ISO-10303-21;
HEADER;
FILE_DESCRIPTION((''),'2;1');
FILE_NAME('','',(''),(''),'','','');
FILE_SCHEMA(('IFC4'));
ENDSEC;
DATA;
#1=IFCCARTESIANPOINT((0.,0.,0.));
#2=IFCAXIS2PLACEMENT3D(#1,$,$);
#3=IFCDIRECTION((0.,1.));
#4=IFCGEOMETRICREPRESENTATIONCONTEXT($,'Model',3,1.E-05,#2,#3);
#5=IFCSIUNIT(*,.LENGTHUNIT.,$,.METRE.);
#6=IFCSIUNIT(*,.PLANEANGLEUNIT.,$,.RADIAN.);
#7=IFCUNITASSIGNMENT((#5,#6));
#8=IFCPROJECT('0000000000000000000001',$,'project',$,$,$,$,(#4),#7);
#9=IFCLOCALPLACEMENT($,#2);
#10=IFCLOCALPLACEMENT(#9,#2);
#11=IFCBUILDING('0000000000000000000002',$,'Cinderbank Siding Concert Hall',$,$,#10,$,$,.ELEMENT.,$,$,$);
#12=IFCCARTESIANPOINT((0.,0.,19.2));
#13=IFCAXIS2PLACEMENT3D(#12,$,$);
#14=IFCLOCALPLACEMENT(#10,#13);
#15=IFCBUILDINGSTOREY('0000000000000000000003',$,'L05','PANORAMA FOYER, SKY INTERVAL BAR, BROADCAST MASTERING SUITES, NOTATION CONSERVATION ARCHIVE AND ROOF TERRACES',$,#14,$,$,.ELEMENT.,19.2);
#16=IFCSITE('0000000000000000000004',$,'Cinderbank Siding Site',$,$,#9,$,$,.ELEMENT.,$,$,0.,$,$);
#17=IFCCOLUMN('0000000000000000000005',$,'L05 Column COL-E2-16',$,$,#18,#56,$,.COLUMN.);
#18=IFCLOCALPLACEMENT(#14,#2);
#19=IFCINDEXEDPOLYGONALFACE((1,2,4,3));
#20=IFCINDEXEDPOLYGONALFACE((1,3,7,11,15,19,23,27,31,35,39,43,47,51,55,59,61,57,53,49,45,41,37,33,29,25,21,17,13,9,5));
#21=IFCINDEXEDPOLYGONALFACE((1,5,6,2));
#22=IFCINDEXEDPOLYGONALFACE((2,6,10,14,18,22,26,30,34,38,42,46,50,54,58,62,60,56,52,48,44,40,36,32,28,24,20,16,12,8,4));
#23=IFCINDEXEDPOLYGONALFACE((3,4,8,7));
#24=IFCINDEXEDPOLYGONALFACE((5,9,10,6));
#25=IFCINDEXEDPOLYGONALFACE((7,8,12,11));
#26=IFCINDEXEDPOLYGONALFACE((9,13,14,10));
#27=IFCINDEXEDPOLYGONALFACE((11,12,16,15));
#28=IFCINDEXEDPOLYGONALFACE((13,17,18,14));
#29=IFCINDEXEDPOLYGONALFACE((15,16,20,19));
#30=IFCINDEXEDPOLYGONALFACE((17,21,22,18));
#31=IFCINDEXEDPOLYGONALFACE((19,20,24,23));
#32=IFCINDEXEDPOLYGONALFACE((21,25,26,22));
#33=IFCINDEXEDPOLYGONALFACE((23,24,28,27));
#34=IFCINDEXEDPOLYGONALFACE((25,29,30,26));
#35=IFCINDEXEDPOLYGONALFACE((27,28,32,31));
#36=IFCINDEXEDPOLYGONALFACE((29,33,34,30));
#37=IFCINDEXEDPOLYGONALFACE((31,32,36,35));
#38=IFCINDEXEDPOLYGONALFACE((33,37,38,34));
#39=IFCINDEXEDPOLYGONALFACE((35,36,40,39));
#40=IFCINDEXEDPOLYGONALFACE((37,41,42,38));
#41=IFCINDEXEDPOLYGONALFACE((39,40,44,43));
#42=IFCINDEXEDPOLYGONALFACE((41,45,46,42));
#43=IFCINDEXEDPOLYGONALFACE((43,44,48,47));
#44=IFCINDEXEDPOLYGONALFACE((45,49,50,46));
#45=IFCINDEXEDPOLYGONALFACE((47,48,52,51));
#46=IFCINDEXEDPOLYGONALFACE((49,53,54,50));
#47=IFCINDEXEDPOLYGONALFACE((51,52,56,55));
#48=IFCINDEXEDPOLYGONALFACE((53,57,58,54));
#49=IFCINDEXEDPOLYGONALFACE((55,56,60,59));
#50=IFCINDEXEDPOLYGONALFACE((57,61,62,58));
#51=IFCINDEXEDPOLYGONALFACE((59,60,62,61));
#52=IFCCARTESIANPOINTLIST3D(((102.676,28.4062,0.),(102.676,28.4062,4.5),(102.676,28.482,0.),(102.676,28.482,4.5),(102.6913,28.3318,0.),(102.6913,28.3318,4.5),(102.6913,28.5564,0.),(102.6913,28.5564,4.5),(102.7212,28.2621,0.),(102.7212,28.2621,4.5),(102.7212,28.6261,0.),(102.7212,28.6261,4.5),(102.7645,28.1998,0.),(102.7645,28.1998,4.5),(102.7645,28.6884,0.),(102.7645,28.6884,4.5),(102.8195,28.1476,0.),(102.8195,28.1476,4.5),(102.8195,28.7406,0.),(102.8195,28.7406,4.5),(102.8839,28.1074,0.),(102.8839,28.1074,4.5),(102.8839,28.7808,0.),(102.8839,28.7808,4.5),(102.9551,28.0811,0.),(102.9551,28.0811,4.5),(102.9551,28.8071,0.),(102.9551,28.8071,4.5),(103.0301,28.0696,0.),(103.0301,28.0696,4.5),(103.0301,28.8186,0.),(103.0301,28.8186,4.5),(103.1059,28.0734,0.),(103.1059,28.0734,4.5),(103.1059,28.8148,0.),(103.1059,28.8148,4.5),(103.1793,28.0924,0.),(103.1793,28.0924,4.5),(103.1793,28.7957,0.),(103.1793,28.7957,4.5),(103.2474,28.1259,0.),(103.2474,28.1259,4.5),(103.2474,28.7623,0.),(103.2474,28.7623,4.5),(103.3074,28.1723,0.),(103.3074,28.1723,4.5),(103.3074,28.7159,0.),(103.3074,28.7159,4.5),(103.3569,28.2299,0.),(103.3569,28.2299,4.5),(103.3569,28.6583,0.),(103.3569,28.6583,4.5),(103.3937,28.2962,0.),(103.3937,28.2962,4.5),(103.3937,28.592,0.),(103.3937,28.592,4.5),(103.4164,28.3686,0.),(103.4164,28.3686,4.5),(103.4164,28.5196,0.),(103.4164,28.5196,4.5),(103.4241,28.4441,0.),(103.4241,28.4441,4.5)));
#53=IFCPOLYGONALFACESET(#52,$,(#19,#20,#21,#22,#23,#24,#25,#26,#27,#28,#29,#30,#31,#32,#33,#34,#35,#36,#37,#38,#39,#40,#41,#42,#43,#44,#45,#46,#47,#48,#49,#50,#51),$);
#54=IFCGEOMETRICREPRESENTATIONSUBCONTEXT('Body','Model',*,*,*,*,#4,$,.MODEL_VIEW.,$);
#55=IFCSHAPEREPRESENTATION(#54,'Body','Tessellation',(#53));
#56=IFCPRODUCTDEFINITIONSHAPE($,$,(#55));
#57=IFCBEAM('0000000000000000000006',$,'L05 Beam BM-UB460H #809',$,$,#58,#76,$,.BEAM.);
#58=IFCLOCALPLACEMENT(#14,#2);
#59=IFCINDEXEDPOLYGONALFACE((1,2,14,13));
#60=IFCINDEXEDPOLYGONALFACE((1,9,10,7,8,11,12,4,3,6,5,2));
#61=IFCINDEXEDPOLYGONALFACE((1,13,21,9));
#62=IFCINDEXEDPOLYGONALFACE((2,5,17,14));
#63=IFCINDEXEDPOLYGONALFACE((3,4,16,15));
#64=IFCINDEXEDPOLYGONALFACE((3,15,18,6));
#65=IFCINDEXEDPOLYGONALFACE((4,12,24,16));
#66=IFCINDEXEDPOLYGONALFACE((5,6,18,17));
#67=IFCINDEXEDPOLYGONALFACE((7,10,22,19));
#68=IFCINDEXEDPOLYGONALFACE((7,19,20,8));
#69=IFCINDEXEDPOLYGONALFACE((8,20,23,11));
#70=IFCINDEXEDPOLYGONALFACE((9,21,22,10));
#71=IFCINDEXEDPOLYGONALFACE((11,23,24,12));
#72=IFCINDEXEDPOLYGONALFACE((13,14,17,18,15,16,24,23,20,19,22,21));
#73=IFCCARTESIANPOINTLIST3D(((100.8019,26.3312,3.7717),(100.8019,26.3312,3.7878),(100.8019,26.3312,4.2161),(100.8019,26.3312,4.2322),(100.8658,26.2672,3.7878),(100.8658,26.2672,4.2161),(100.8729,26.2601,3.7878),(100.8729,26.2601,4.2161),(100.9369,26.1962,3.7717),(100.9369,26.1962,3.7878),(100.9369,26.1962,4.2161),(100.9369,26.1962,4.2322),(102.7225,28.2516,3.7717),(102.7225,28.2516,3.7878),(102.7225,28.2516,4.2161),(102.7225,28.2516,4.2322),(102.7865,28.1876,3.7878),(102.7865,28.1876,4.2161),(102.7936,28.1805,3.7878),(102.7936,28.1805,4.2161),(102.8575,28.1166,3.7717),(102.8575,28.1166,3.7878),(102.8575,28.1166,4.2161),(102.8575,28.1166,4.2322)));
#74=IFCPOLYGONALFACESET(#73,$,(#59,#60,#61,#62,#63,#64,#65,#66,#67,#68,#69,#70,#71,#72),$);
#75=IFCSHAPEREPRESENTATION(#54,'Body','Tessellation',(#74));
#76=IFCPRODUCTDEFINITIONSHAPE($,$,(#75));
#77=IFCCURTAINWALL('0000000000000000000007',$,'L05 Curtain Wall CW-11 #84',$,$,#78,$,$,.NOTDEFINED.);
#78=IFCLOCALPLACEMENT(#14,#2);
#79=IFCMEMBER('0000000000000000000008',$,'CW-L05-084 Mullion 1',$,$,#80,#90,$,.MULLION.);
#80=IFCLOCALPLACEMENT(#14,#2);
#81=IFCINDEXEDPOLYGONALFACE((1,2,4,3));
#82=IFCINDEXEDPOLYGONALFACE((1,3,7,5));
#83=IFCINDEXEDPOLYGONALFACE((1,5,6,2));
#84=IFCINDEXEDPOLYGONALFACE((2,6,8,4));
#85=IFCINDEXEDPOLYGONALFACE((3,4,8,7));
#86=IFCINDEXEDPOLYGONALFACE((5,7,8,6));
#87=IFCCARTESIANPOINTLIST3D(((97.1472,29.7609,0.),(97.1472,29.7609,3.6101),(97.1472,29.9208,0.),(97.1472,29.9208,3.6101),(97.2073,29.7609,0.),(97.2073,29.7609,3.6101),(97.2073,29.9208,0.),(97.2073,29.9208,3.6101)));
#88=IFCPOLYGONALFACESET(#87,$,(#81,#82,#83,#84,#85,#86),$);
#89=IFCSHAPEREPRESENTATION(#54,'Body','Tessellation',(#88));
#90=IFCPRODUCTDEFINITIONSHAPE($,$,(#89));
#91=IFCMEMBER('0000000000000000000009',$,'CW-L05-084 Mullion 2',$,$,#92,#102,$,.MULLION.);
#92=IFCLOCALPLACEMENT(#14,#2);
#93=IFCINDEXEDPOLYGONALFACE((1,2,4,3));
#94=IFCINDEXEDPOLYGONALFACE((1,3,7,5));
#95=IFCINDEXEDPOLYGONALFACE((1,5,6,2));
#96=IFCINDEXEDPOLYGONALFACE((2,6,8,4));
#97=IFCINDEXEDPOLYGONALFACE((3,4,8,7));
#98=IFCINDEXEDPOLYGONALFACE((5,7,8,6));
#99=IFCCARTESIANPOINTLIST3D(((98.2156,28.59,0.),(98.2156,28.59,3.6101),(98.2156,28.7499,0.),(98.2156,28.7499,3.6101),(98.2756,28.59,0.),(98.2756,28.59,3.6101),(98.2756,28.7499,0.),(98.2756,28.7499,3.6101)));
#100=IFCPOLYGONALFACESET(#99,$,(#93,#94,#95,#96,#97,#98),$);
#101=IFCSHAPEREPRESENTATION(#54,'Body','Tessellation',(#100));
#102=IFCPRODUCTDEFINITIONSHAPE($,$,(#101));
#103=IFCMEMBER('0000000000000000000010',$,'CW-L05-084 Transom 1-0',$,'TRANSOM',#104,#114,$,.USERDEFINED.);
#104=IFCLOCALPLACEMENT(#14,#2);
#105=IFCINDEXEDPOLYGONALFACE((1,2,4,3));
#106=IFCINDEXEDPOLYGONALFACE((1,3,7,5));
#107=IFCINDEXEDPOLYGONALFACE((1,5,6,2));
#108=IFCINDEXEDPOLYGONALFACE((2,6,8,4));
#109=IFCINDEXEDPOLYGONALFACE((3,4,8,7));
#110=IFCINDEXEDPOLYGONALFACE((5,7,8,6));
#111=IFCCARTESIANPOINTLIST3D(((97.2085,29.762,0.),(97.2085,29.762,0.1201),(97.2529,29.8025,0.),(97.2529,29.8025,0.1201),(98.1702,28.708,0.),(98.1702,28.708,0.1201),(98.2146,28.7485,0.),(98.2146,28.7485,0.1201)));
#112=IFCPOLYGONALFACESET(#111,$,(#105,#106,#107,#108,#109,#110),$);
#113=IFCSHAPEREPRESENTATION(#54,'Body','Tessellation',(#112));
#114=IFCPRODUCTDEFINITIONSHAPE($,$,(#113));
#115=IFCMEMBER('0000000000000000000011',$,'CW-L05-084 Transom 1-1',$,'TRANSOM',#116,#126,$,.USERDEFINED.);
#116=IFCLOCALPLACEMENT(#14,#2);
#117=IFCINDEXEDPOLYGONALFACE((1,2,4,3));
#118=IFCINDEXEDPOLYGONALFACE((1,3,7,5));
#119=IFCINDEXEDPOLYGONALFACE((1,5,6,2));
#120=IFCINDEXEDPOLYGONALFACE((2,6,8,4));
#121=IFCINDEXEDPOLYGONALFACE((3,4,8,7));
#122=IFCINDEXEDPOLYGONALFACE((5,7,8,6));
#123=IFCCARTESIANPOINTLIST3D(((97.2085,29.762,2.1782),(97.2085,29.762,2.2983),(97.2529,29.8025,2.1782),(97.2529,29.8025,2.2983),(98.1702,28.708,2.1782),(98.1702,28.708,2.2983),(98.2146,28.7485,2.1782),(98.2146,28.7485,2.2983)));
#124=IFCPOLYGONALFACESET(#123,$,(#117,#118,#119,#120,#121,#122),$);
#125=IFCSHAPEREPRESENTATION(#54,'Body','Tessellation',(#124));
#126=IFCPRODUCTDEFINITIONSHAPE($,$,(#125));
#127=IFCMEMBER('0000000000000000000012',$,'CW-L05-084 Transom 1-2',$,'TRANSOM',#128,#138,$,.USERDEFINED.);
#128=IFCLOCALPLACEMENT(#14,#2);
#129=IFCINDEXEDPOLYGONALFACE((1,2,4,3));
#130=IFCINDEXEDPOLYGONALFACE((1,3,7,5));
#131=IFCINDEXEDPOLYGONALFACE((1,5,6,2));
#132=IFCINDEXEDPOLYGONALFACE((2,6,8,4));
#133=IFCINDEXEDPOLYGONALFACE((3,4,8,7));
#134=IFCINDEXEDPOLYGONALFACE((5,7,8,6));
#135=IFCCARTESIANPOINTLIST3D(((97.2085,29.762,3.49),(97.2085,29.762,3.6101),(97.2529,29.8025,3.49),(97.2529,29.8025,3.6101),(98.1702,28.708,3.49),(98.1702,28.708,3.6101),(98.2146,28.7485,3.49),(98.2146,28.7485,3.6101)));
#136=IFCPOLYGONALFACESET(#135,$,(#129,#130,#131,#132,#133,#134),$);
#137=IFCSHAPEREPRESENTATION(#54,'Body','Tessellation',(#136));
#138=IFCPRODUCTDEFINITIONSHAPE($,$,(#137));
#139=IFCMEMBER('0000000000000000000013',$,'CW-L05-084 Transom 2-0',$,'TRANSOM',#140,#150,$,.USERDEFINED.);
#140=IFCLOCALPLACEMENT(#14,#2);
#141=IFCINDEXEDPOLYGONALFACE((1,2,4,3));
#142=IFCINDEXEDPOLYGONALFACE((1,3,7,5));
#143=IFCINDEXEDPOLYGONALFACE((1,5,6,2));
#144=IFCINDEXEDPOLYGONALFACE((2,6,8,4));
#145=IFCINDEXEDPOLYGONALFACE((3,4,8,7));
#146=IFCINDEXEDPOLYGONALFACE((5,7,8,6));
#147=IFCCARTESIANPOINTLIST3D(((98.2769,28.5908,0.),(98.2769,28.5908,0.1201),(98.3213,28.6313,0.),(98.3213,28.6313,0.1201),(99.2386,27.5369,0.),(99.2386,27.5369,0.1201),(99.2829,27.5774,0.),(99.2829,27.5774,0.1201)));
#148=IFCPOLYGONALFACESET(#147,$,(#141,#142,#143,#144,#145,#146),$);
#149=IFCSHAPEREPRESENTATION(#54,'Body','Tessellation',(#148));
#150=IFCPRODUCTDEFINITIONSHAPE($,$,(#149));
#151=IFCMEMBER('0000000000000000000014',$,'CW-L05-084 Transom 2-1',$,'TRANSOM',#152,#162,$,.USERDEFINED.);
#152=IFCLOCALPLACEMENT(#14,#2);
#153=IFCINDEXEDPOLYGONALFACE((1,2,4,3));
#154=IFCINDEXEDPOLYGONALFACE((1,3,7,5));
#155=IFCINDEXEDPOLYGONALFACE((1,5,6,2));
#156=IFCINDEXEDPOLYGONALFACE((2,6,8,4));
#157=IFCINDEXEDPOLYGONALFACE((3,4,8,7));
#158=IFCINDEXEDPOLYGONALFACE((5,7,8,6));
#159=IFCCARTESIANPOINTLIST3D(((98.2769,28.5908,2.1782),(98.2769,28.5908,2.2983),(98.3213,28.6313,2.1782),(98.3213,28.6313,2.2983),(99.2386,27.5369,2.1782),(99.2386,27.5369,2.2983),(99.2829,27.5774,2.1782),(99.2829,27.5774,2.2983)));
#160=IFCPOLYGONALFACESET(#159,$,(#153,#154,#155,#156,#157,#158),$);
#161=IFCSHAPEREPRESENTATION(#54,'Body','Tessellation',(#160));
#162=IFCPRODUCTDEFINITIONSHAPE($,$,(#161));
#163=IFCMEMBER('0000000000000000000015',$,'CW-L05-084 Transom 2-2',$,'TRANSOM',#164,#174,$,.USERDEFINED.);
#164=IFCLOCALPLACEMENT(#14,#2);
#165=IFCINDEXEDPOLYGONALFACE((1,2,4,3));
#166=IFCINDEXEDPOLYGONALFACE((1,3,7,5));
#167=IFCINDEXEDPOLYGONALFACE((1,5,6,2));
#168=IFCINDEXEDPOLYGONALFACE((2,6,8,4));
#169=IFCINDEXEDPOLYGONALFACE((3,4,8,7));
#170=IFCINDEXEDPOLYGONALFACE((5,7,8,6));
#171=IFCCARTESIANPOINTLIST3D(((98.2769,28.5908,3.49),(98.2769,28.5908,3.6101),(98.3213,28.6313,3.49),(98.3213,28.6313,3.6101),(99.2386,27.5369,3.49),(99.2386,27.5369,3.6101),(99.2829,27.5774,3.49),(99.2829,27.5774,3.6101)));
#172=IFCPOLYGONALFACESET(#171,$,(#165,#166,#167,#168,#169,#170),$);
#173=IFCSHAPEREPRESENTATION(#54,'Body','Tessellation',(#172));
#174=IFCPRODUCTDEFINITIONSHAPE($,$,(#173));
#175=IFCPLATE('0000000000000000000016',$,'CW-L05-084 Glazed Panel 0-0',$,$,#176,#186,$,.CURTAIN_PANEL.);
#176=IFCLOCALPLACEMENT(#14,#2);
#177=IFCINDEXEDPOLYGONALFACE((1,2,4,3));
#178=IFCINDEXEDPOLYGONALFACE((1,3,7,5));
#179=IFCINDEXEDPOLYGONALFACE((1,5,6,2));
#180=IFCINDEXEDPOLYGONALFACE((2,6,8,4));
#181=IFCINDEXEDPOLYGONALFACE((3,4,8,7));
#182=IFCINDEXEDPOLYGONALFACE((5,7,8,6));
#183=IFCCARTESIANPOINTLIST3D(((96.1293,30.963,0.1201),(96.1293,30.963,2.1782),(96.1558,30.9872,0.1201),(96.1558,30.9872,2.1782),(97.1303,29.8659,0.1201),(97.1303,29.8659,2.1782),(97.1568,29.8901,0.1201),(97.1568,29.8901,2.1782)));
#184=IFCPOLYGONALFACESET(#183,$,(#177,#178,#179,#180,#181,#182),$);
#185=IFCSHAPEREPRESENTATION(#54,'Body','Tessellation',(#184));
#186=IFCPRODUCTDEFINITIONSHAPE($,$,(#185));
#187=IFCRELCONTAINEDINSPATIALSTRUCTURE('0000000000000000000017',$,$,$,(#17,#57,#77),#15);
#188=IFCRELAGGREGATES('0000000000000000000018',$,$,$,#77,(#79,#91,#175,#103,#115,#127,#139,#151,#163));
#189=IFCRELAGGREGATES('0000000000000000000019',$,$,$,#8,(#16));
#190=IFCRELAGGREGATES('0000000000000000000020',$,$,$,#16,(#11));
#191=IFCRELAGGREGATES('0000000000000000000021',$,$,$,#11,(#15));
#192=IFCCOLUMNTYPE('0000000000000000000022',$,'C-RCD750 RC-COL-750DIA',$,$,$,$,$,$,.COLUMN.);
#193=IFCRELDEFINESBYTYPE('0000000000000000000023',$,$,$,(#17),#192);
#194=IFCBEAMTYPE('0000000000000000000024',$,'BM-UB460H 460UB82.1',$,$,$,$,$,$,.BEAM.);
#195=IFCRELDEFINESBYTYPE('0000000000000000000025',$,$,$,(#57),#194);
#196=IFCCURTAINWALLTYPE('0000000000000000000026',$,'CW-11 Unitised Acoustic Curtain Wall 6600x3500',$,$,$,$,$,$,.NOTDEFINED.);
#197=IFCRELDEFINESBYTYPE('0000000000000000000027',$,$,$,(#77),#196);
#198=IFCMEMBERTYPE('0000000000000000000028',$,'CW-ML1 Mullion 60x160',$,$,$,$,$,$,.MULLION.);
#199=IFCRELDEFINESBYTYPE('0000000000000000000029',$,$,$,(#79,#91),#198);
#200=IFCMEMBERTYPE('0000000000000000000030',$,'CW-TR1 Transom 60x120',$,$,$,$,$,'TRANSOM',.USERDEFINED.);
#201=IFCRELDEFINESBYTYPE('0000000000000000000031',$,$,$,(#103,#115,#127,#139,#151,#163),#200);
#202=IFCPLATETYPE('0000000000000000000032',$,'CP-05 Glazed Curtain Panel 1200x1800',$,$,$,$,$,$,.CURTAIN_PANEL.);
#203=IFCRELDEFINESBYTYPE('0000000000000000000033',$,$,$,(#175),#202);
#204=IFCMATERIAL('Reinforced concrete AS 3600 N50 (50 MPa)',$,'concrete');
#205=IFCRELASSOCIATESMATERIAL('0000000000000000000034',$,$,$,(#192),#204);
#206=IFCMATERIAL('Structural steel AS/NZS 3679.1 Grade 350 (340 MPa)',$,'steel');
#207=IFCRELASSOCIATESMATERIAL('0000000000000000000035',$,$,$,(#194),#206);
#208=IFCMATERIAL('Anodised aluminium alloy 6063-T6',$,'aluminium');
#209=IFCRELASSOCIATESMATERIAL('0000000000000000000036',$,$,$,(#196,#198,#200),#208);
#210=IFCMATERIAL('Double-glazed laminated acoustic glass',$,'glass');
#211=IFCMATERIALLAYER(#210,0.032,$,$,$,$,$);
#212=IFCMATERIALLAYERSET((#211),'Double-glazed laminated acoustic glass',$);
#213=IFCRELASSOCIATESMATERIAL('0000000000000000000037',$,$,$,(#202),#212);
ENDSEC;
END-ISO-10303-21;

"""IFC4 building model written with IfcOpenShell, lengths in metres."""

from ifc_helpers import new_model, si_unit, direction, frame, origin, origin_2d, place, context, subcontext, project, spatial, rectangle, circle, i_section, extrude, material, layer, layer_set, material_profile, profile_set, type_object, element, aggregate, save


model = new_model("IFC4")

# Units and contexts
model_context = context("Model", 3, precision=1e-05, world=origin(), true_north=direction((0.0, 1.0)))
body_context = subcontext(model_context, "Body", "Model", "MODEL_VIEW")
ifc_project = project(units=[si_unit("LENGTHUNIT", "METRE"), si_unit("PLANEANGLEUNIT", "RADIAN")], contexts=[model_context])

# Site, building, storey
site_placement = place(None, origin())
site = spatial("IfcSite", under=ifc_project, at=site_placement, Name="Cinderbank Siding Site", CompositionType="ELEMENT", RefElevation=0.0)
building_placement = place(site_placement, origin())
building = spatial("IfcBuilding", under=site, at=building_placement, Name="Cinderbank Siding Concert Hall", CompositionType="ELEMENT")
storey_placement = place(building_placement, frame((0.0, 0.0, 19.2)))
storey = spatial("IfcBuildingStorey", under=building, at=storey_placement, Name="L05", Description="PANORAMA FOYER, SKY INTERVAL BAR, BROADCAST MASTERING SUITES, NOTATION CONSERVATION ARCHIVE AND ROOF TERRACES", CompositionType="ELEMENT", Elevation=19.2)

# Column
ifc_material_1 = material(Name="Reinforced concrete AS 3600 N50 (50 MPa)", Category="concrete")
ifc_material_profile_1 = material_profile(ifc_material_1, circle(Radius=0.375, at=origin_2d()), Name="RC-COL-750DIA", Category="LoadBearing")
ifc_profile_set_1 = profile_set([ifc_material_profile_1], Name="Reinforced concrete AS 3600 N50 (50 MPa)")
column_type = type_object("IfcColumnType", Name="C-RCD750 RC-COL-750DIA", PredefinedType="COLUMN", material=ifc_profile_set_1)
column_placement = place(storey_placement, frame((103.0491, 28.4441, 0.0), z_axis=(0.0, 0.0, 1.0), x_axis=(1.0, 0.0, 0.0)))
element("IfcColumn", 1, at=column_placement, inside=storey, type_object=column_type, Name="L05 Column COL-E2-16", PredefinedType="COLUMN", context=body_context, shape_type="SweptSolid", body=[
    extrude(circle(Radius=0.375, at=origin_2d()), origin(), (0.0, 0.0, 1.0), 4.5),
])

# Beam
ifc_material_2 = material(Name="Structural steel AS/NZS 3679.1 Grade 350 (340 MPa)", Category="steel")
ifc_material_profile_2 = material_profile(ifc_material_2, i_section(OverallWidth=0.1909, OverallDepth=0.4604, WebThickness=0.01, FlangeThickness=0.0161, at=origin_2d()), Name="460UB82.1", Category="LoadBearing")
ifc_profile_set_2 = profile_set([ifc_material_profile_2], Name="Structural steel AS/NZS 3679.1 Grade 350 (340 MPa)")
beam_type = type_object("IfcBeamType", Name="BM-UB460H 460UB82.1", PredefinedType="BEAM", material=ifc_profile_set_2)
beam_placement = place(storey_placement, frame((102.79, 28.1841, 4.002), z_axis=(-0.707152, -0.707062, 0.0), x_axis=(0.707062, -0.707152, 0.0)))
element("IfcBeam", 2, at=beam_placement, inside=storey, type_object=beam_type, Name="L05 Beam BM-UB460H #809", PredefinedType="BEAM", context=body_context, shape_type="SweptSolid", body=[
    extrude(i_section(OverallWidth=0.1909, OverallDepth=0.4604, WebThickness=0.01, FlangeThickness=0.0161, at=origin_2d()), origin(), (0.0, 0.0, 1.0), 2.7161),
])

# Curtain wall, members, plate
ifc_material_3 = material(Name="Anodised aluminium alloy 6063-T6", Category="aluminium")
curtain_wall_type = type_object("IfcCurtainWallType", Name="CW-11 Unitised Acoustic Curtain Wall 6600x3500", PredefinedType="NOTDEFINED", material=ifc_material_3)
curtain_wall_placement = place(storey_placement, origin())
curtain_wall = element("IfcCurtainWall", 3, at=curtain_wall_placement, inside=storey, type_object=curtain_wall_type, Name="L05 Curtain Wall CW-11 #84", PredefinedType="NOTDEFINED")
ifc_material_profile_3 = material_profile(ifc_material_3, rectangle(XDim=0.0601, YDim=0.1599, at=origin_2d()), Name="ALU-MULL-60x160", Category="LoadBearing")
ifc_profile_set_3 = profile_set([ifc_material_profile_3], Name="Anodised aluminium alloy 6063-T6")
member_type_1 = type_object("IfcMemberType", Name="CW-ML1 Mullion 60x160", PredefinedType="MULLION", material=ifc_profile_set_3)
member_1_placement = place(storey_placement, frame((97.1772, 29.8408, 0.0), z_axis=(0.0, 0.0, 1.0), x_axis=(1.0, 0.0, 0.0)))
member_1 = element("IfcMember", 4, at=member_1_placement, type_object=member_type_1, Name="CW-L05-084 Mullion 1", PredefinedType="MULLION", context=body_context, shape_type="SweptSolid", body=[
    extrude(rectangle(XDim=0.0601, YDim=0.1599, at=origin_2d()), origin(), (0.0, 0.0, 1.0), 3.6101),
])
member_2_placement = place(storey_placement, frame((98.2456, 28.6699, 0.0), z_axis=(0.0, 0.0, 1.0), x_axis=(1.0, 0.0, 0.0)))
member_2 = element("IfcMember", 5, at=member_2_placement, type_object=member_type_1, Name="CW-L05-084 Mullion 2", PredefinedType="MULLION", context=body_context, shape_type="SweptSolid", body=[
    extrude(rectangle(XDim=0.0601, YDim=0.1599, at=origin_2d()), origin(), (0.0, 0.0, 1.0), 3.6101),
])
ifc_material_profile_4 = material_profile(ifc_material_3, rectangle(XDim=0.0601, YDim=0.1201, at=origin_2d()), Name="ALU-TRAN-60x120", Category="LoadBearing")
ifc_profile_set_4 = profile_set([ifc_material_profile_4], Name="Anodised aluminium alloy 6063-T6")
member_type_2 = type_object("IfcMemberType", Name="CW-TR1 Transom 60x120", ElementType="TRANSOM", PredefinedType="USERDEFINED", material=ifc_profile_set_4)
member_3_placement = place(storey_placement, frame((97.2307, 29.7822, 0.0601), z_axis=(0.674026, -0.738708, 0.0), x_axis=(0.738708, 0.674026, 0.0)))
member_3 = element("IfcMember", 6, at=member_3_placement, type_object=member_type_2, Name="CW-L05-084 Transom 1-0", ObjectType="TRANSOM", PredefinedType="USERDEFINED", context=body_context, shape_type="SweptSolid", body=[
    extrude(rectangle(XDim=0.0601, YDim=0.1201, at=origin_2d()), origin(), (0.0, 0.0, 1.0), 1.4268),
])
member_4_placement = place(storey_placement, frame((97.2307, 29.7822, 2.2383), z_axis=(0.674026, -0.738708, 0.0), x_axis=(0.738708, 0.674026, 0.0)))
member_4 = element("IfcMember", 7, at=member_4_placement, type_object=member_type_2, Name="CW-L05-084 Transom 1-1", ObjectType="TRANSOM", PredefinedType="USERDEFINED", context=body_context, shape_type="SweptSolid", body=[
    extrude(rectangle(XDim=0.0601, YDim=0.1201, at=origin_2d()), origin(), (0.0, 0.0, 1.0), 1.4268),
])
member_5_placement = place(storey_placement, frame((97.2307, 29.7822, 3.55), z_axis=(0.674026, -0.738708, 0.0), x_axis=(0.738708, 0.674026, 0.0)))
member_5 = element("IfcMember", 8, at=member_5_placement, type_object=member_type_2, Name="CW-L05-084 Transom 1-2", ObjectType="TRANSOM", PredefinedType="USERDEFINED", context=body_context, shape_type="SweptSolid", body=[
    extrude(rectangle(XDim=0.0601, YDim=0.1201, at=origin_2d()), origin(), (0.0, 0.0, 1.0), 1.4268),
])
member_6_placement = place(storey_placement, frame((98.2991, 28.6111, 0.0601), z_axis=(0.674026, -0.738708, 0.0), x_axis=(0.738708, 0.674026, 0.0)))
member_6 = element("IfcMember", 9, at=member_6_placement, type_object=member_type_2, Name="CW-L05-084 Transom 2-0", ObjectType="TRANSOM", PredefinedType="USERDEFINED", context=body_context, shape_type="SweptSolid", body=[
    extrude(rectangle(XDim=0.0601, YDim=0.1201, at=origin_2d()), origin(), (0.0, 0.0, 1.0), 1.4268),
])
member_7_placement = place(storey_placement, frame((98.2991, 28.6111, 2.2383), z_axis=(0.674026, -0.738708, 0.0), x_axis=(0.738708, 0.674026, 0.0)))
member_7 = element("IfcMember", 10, at=member_7_placement, type_object=member_type_2, Name="CW-L05-084 Transom 2-1", ObjectType="TRANSOM", PredefinedType="USERDEFINED", context=body_context, shape_type="SweptSolid", body=[
    extrude(rectangle(XDim=0.0601, YDim=0.1201, at=origin_2d()), origin(), (0.0, 0.0, 1.0), 1.4268),
])
member_8_placement = place(storey_placement, frame((98.2991, 28.6111, 3.55), z_axis=(0.674026, -0.738708, 0.0), x_axis=(0.738708, 0.674026, 0.0)))
member_8 = element("IfcMember", 11, at=member_8_placement, type_object=member_type_2, Name="CW-L05-084 Transom 2-2", ObjectType="TRANSOM", PredefinedType="USERDEFINED", context=body_context, shape_type="SweptSolid", body=[
    extrude(rectangle(XDim=0.0601, YDim=0.1201, at=origin_2d()), origin(), (0.0, 0.0, 1.0), 1.4268),
])
ifc_material_4 = material(Name="Double-glazed laminated acoustic glass", Category="glass")
ifc_layer_1 = layer(ifc_material_4, 0.032)
ifc_layer_set_1 = layer_set([ifc_layer_1], Name="Double-glazed laminated acoustic glass")
plate_type = type_object("IfcPlateType", Name="CP-05 Glazed Curtain Panel 1200x1800", PredefinedType="CURTAIN_PANEL", material=ifc_layer_set_1)
plate_1_placement = place(storey_placement, frame((96.6431, 30.4265, 0.1201), z_axis=(0.0, 0.0, 1.0), x_axis=(0.673989, -0.738742, 0.0)))
plate_1 = element("IfcPlate", 12, at=plate_1_placement, type_object=plate_type, Name="CW-L05-084 Glazed Panel 0-0", PredefinedType="CURTAIN_PANEL", context=body_context, shape_type="SweptSolid", body=[
    extrude(rectangle(XDim=1.4851, YDim=0.0359, at=origin_2d()), origin(), (0.0, 0.0, 1.0), 2.0581),
])
aggregate(curtain_wall, [member_1, member_2, plate_1, member_3, member_4, member_5, member_6, member_7, member_8])

save(model, "model.ifc")
